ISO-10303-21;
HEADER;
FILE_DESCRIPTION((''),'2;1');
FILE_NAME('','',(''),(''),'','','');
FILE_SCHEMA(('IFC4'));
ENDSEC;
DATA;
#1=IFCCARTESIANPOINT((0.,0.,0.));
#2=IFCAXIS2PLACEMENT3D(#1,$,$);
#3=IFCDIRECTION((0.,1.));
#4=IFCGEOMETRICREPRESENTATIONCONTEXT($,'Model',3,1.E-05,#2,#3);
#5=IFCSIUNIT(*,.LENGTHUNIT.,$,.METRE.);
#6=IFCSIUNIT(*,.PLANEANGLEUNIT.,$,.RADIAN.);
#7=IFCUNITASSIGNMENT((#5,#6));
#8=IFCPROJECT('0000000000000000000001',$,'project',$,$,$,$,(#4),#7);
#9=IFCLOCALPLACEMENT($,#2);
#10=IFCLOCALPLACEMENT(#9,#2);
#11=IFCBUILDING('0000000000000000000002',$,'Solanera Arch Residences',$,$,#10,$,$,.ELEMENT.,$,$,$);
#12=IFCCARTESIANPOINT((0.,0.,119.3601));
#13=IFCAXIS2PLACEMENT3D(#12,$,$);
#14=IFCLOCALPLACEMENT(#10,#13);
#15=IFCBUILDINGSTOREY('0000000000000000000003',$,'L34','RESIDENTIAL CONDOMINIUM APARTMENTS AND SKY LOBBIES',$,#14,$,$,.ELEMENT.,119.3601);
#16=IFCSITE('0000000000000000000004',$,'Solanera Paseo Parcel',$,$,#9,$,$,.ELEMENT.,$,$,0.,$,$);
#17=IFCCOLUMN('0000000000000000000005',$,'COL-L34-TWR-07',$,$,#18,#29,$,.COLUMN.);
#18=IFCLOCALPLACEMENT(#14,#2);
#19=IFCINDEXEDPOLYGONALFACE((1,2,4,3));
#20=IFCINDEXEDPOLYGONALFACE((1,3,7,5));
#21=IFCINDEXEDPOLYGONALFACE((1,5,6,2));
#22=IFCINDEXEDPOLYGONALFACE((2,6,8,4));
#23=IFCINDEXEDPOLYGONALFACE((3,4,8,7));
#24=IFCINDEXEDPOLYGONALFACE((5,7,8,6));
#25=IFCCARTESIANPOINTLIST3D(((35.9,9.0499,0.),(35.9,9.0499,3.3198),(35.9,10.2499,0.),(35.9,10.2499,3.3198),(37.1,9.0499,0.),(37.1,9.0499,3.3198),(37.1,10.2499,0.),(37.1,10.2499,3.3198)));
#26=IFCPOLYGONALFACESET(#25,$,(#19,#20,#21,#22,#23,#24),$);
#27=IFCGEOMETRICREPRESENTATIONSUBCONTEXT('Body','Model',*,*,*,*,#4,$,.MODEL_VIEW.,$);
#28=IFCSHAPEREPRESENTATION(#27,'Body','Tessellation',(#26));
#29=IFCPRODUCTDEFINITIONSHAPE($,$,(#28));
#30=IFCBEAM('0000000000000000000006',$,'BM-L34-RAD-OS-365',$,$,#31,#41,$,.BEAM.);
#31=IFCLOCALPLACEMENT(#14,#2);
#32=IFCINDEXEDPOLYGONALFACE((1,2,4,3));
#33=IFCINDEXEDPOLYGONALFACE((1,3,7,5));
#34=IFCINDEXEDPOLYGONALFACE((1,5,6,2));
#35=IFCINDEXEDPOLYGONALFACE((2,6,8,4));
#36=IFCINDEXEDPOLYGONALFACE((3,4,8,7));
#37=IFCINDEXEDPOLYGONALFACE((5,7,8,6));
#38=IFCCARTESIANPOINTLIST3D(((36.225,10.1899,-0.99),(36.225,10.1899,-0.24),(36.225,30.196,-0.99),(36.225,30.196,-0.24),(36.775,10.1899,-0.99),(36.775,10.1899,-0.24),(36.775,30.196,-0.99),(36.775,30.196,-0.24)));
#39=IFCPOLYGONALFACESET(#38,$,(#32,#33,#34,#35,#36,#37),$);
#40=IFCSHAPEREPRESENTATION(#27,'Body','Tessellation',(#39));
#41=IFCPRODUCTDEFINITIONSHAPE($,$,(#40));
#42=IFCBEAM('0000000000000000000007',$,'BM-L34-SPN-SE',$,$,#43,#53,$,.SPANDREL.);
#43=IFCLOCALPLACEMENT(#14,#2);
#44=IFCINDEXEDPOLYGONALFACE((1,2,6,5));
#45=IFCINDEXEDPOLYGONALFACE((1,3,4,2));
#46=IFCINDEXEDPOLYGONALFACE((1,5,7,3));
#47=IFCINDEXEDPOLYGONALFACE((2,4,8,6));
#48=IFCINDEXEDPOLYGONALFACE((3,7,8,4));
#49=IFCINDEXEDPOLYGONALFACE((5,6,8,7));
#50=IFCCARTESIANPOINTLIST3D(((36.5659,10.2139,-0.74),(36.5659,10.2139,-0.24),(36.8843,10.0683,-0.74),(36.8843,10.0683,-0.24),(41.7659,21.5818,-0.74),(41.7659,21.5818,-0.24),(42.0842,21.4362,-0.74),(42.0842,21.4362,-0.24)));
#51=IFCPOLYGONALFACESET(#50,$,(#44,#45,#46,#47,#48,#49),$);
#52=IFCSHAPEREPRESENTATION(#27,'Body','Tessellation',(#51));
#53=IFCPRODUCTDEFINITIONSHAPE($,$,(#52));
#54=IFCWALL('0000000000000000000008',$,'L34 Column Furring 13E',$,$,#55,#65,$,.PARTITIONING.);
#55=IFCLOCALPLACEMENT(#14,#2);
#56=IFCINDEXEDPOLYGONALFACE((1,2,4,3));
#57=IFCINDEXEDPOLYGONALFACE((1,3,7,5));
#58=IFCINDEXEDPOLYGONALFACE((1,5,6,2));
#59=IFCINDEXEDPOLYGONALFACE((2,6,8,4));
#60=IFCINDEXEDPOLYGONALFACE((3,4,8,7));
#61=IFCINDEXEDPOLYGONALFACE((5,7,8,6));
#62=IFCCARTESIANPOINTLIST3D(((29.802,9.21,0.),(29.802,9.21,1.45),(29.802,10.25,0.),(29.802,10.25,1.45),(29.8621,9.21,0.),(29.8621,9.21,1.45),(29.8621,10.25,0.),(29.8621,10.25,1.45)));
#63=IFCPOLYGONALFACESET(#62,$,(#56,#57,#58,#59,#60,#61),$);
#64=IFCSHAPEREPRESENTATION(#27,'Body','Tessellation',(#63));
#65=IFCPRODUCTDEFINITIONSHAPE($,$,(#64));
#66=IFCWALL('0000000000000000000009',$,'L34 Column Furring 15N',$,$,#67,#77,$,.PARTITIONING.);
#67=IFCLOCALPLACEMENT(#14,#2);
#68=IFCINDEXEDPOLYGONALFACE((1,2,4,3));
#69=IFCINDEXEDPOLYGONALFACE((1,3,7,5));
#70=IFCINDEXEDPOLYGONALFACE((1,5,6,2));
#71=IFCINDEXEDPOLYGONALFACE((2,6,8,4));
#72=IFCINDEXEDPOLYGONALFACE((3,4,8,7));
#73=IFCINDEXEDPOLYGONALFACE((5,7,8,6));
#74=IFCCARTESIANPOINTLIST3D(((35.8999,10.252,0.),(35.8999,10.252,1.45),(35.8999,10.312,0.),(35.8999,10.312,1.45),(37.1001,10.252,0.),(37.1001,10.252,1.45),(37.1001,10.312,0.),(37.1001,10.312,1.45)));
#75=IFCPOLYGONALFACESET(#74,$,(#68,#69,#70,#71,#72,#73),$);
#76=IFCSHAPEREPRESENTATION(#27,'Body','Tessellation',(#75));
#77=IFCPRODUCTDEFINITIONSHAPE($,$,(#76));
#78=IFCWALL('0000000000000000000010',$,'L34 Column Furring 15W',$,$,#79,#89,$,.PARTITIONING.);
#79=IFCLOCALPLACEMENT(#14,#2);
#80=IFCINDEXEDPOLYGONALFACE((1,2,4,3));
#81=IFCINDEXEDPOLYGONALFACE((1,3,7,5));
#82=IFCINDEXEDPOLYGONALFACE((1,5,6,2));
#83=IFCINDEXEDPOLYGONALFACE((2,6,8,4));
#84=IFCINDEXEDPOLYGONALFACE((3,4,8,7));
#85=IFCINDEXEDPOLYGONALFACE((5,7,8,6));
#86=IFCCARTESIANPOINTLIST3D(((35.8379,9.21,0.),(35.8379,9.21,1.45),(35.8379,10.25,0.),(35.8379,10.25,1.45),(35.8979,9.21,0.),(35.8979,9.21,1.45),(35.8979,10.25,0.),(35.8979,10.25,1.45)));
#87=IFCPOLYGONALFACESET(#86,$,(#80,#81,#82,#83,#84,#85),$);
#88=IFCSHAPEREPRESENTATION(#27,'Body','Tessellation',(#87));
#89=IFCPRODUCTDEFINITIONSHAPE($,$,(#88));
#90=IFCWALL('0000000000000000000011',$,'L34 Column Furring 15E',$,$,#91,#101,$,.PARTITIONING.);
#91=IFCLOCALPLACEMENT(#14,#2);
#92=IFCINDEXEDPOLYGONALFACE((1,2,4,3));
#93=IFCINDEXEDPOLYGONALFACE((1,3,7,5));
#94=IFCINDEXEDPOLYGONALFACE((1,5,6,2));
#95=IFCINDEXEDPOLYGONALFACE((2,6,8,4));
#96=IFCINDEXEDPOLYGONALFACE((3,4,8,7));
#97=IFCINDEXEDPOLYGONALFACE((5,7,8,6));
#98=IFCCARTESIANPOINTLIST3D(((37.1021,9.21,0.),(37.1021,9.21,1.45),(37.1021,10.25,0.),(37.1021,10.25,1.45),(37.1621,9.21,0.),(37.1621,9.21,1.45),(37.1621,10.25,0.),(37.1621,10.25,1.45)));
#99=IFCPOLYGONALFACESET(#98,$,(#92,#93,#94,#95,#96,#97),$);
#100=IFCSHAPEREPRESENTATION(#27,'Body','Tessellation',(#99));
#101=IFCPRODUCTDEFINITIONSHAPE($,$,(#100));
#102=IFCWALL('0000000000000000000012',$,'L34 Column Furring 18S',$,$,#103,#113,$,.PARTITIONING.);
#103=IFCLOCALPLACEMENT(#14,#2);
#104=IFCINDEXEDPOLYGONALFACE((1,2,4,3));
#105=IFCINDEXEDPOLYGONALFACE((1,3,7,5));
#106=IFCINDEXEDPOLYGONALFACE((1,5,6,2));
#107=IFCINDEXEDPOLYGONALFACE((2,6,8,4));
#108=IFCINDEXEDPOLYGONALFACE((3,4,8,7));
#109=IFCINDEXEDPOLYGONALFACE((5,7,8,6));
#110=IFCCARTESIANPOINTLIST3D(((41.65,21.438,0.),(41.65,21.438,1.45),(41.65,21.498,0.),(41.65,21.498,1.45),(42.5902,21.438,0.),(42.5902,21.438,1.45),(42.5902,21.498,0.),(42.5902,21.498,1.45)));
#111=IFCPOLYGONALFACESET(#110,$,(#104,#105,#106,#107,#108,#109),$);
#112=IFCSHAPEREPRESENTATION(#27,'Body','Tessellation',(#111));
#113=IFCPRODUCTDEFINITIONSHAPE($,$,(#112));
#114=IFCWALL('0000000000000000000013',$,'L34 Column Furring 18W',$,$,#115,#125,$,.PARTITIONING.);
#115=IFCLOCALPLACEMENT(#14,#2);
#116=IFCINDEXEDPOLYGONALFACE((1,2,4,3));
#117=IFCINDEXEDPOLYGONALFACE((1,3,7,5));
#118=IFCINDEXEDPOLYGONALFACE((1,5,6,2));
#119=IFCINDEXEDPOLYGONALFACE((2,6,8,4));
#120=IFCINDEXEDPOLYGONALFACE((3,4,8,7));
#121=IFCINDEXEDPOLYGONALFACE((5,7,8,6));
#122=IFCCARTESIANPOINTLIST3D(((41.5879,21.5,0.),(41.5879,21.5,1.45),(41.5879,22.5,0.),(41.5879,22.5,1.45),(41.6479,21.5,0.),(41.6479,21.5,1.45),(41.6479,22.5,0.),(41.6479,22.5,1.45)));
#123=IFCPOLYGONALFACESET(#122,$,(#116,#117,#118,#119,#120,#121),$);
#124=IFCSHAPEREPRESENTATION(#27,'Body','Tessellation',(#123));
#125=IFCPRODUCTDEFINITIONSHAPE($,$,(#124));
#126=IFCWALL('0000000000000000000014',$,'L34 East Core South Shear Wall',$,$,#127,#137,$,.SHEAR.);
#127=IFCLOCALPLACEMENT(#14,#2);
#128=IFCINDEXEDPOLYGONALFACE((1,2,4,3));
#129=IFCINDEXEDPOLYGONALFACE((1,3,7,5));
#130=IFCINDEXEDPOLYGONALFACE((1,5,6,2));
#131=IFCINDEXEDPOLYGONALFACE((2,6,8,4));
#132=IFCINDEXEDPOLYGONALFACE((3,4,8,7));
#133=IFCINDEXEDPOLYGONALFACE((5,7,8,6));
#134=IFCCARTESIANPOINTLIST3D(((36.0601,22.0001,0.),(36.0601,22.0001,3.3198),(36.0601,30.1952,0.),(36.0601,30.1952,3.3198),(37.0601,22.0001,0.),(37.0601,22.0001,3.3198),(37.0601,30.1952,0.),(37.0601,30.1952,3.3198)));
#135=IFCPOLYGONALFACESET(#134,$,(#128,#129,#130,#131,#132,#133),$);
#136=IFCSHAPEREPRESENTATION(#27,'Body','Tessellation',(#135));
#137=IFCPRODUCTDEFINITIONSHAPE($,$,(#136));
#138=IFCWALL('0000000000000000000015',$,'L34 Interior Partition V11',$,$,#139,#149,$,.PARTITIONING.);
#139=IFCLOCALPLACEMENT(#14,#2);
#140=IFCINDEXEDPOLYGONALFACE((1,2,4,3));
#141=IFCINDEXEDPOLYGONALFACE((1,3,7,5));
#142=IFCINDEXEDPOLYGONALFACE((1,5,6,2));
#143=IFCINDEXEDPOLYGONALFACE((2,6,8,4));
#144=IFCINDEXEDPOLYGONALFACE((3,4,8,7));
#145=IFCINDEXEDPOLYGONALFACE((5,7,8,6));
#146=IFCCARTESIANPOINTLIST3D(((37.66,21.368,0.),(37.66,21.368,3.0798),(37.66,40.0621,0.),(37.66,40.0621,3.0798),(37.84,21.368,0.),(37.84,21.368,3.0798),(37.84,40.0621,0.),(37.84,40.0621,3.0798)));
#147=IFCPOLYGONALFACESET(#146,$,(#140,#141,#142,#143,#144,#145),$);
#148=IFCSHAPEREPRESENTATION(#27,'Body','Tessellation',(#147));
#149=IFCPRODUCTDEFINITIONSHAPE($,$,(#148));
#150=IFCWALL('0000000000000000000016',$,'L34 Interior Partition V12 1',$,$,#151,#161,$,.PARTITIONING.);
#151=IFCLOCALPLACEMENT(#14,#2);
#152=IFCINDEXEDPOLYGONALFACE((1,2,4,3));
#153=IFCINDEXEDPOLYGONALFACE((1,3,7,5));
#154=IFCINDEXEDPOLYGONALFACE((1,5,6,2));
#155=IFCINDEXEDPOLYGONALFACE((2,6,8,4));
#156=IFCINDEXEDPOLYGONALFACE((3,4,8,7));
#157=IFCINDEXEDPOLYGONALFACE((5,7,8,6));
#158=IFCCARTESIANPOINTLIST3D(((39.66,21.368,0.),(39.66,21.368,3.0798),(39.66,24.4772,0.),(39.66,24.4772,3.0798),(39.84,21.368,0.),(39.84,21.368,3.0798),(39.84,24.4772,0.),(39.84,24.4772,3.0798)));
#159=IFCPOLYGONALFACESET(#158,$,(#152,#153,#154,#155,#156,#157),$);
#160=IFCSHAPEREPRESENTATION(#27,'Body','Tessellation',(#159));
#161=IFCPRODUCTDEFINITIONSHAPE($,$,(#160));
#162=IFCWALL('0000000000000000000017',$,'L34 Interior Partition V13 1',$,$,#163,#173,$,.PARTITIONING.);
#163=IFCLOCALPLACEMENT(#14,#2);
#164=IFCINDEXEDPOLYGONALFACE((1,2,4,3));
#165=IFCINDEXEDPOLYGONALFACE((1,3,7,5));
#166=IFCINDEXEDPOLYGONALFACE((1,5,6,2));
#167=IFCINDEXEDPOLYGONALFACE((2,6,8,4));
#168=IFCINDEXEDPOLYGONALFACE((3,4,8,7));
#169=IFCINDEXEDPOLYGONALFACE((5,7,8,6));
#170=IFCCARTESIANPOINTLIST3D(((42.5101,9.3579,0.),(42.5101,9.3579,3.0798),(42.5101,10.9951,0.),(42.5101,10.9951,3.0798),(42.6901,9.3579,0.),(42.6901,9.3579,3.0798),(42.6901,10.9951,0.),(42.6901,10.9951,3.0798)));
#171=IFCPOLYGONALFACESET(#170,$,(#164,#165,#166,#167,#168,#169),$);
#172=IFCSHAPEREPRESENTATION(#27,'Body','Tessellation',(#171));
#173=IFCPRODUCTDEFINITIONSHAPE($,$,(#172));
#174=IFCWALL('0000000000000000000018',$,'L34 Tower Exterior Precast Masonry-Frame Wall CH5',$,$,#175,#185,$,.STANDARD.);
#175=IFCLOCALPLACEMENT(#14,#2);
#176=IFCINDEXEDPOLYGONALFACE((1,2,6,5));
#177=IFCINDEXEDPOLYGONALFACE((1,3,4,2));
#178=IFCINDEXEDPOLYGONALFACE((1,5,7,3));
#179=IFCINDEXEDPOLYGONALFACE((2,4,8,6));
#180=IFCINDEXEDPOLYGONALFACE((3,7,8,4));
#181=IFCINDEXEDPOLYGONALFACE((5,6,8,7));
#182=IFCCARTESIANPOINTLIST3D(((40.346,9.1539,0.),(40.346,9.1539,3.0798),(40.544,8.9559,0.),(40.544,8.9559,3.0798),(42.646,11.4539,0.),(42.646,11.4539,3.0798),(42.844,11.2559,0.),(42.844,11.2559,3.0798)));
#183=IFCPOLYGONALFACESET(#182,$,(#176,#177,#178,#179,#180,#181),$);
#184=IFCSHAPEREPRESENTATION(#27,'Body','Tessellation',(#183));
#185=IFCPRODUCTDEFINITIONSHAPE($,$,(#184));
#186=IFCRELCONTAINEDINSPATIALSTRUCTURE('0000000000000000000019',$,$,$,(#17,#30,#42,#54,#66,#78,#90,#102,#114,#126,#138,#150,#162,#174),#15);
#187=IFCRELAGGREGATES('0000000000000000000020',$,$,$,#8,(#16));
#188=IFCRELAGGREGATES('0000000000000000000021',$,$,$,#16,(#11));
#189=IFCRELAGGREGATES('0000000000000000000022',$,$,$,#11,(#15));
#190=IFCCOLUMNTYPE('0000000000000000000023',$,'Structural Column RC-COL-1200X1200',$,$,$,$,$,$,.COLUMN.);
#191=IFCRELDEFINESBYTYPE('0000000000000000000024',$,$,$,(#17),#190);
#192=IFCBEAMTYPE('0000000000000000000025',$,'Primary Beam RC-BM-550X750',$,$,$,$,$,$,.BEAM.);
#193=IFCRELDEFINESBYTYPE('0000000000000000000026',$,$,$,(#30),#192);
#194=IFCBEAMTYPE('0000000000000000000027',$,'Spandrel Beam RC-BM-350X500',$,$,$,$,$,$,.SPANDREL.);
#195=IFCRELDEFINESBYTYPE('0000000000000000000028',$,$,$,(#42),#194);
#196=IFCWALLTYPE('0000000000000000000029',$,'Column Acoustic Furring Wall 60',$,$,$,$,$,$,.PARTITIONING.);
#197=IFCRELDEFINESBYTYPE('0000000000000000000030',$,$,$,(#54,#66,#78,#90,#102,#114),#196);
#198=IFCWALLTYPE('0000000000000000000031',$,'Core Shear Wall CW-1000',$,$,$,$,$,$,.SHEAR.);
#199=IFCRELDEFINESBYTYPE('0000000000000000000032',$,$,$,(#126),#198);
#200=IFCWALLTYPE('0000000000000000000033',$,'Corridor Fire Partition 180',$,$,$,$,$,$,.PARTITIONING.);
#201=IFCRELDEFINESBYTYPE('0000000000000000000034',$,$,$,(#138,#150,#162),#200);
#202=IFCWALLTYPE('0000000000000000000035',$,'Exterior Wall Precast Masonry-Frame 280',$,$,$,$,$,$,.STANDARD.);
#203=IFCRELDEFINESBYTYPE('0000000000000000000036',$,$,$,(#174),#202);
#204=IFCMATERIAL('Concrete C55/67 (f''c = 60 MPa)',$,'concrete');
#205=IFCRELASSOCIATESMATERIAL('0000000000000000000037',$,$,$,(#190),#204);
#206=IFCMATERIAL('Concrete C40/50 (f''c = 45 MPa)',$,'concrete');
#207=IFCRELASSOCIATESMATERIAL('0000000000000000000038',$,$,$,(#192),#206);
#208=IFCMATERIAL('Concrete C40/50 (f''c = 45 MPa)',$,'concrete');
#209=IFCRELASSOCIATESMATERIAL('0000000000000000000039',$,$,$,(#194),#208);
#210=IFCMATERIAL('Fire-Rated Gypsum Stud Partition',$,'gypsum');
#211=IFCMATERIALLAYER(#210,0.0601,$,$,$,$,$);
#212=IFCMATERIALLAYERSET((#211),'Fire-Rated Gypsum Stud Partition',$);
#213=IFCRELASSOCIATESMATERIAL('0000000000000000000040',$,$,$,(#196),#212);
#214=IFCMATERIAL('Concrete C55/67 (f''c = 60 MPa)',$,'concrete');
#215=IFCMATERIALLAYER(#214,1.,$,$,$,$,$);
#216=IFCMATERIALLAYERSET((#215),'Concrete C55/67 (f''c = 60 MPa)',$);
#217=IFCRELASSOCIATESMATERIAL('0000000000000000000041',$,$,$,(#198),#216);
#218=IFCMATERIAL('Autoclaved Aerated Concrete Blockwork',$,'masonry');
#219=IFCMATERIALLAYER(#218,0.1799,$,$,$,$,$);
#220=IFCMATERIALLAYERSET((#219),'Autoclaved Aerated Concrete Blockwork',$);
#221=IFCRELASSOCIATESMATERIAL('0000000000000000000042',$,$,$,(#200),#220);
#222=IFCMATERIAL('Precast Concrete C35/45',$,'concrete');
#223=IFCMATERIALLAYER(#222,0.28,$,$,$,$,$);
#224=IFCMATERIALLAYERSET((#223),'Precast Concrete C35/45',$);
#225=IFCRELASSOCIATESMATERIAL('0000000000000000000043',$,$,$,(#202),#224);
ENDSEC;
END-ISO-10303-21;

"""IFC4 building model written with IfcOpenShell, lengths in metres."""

from ifc_helpers import new_model, si_unit, direction, frame, frame_2d, origin, origin_2d, place, context, subcontext, project, spatial, rectangle, extrude, material, layer, layer_set, material_profile, profile_set, type_object, element, save


model = new_model("IFC4")

# Units and contexts
model_context = context("Model", 3, precision=1e-05, world=origin(), true_north=direction((0.0, 1.0)))
body_context = subcontext(model_context, "Body", "Model", "MODEL_VIEW")
ifc_project = project(units=[si_unit("LENGTHUNIT", "METRE"), si_unit("PLANEANGLEUNIT", "RADIAN")], contexts=[model_context])

# Site, building, storey
site_placement = place(None, origin())
site = spatial("IfcSite", under=ifc_project, at=site_placement, Name="Solanera Paseo Parcel", CompositionType="ELEMENT", RefElevation=0.0)
building_placement = place(site_placement, origin())
building = spatial("IfcBuilding", under=site, at=building_placement, Name="Solanera Arch Residences", CompositionType="ELEMENT")
storey_placement = place(building_placement, frame((0.0, 0.0, 119.3601)))
storey = spatial("IfcBuildingStorey", under=building, at=storey_placement, Name="L34", Description="RESIDENTIAL CONDOMINIUM APARTMENTS AND SKY LOBBIES", CompositionType="ELEMENT", Elevation=119.3601)

# Column
ifc_material_1 = material(Name="Concrete C55/67 (f'c = 60 MPa)", Category="concrete")
ifc_material_profile_1 = material_profile(ifc_material_1, rectangle(XDim=1.2, YDim=1.2, at=origin_2d()))
ifc_profile_set_1 = profile_set([ifc_material_profile_1], Name="Concrete C55/67 (f'c = 60 MPa)")
column_type = type_object("IfcColumnType", Name="Structural Column RC-COL-1200X1200", PredefinedType="COLUMN", material=ifc_profile_set_1)
column_placement = place(storey_placement, frame((36.5, 9.6499, 0.0), z_axis=(0.0, 0.0, 1.0), x_axis=(1.0, 0.0, 0.0)))
element("IfcColumn", 1, at=column_placement, inside=storey, type_object=column_type, Name="COL-L34-TWR-07", PredefinedType="COLUMN", context=body_context, shape_type="SweptSolid", body=[
    extrude(rectangle(XDim=1.2, YDim=1.2, at=origin_2d()), origin(), (0.0, 0.0, 1.0), 3.3198),
])

# Beams
ifc_material_2 = material(Name="Concrete C40/50 (f'c = 45 MPa)", Category="concrete")
ifc_material_profile_2 = material_profile(ifc_material_2, rectangle(XDim=0.55, YDim=0.75, at=origin_2d()))
ifc_profile_set_2 = profile_set([ifc_material_profile_2], Name="Concrete C40/50 (f'c = 45 MPa)")
beam_type_1 = type_object("IfcBeamType", Name="Primary Beam RC-BM-550X750", PredefinedType="BEAM", material=ifc_profile_set_2)
beam_1_placement = place(storey_placement, frame((36.5, 10.1899, -0.615), z_axis=(0.0, 1.0, 0.0), x_axis=(-1.0, 0.0, 0.0)))
element("IfcBeam", 2, at=beam_1_placement, inside=storey, type_object=beam_type_1, Name="BM-L34-RAD-OS-365", PredefinedType="BEAM", context=body_context, shape_type="SweptSolid", body=[
    extrude(rectangle(XDim=0.55, YDim=0.75, at=origin_2d()), origin(), (0.0, 0.0, 1.0), 20.0061),
])
ifc_material_3 = material(Name="Concrete C40/50 (f'c = 45 MPa)", Category="concrete")
ifc_material_profile_3 = material_profile(ifc_material_3, rectangle(XDim=0.3501, YDim=0.5, at=origin_2d()))
ifc_profile_set_3 = profile_set([ifc_material_profile_3], Name="Concrete C40/50 (f'c = 45 MPa)")
beam_type_2 = type_object("IfcBeamType", Name="Spandrel Beam RC-BM-350X500", PredefinedType="SPANDREL", material=ifc_profile_set_3)
beam_2_placement = place(storey_placement, frame((36.7251, 10.1411, -0.49), z_axis=(0.415971, 0.909378, 0.0), x_axis=(-0.909378, 0.415971, 0.0)))
element("IfcBeam", 3, at=beam_2_placement, inside=storey, type_object=beam_type_2, Name="BM-L34-SPN-SE", PredefinedType="SPANDREL", context=body_context, shape_type="SweptSolid", body=[
    extrude(rectangle(XDim=0.3501, YDim=0.5, at=origin_2d()), origin(), (0.0, 0.0, 1.0), 12.5007),
])

# Walls
ifc_material_4 = material(Name="Fire-Rated Gypsum Stud Partition", Category="gypsum")
ifc_layer_1 = layer(ifc_material_4, 0.0601)
ifc_layer_set_1 = layer_set([ifc_layer_1], Name="Fire-Rated Gypsum Stud Partition")
wall_type_1 = type_object("IfcWallType", Name="Column Acoustic Furring Wall 60", PredefinedType="PARTITIONING", material=ifc_layer_set_1)
wall_1_placement = place(storey_placement, frame((29.832, 9.21, 0.0), z_axis=(0.0, 0.0, 1.0), x_axis=(0.0, 1.0, 0.0)))
element("IfcWall", 4, at=wall_1_placement, inside=storey, type_object=wall_type_1, Name="L34 Column Furring 13E", PredefinedType="PARTITIONING", context=body_context, shape_type="SweptSolid", body=[
    extrude(rectangle(XDim=1.04, YDim=0.0601, at=frame_2d((0.52, 0.0))), origin(), (0.0, 0.0, 1.0), 1.45),
])
wall_2_placement = place(storey_placement, frame((35.8999, 10.282, 0.0), z_axis=(0.0, 0.0, 1.0), x_axis=(1.0, 0.0, 0.0)))
element("IfcWall", 5, at=wall_2_placement, inside=storey, type_object=wall_type_1, Name="L34 Column Furring 15N", PredefinedType="PARTITIONING", context=body_context, shape_type="SweptSolid", body=[
    extrude(rectangle(XDim=1.2002, YDim=0.0601, at=frame_2d((0.6001, 0.0))), origin(), (0.0, 0.0, 1.0), 1.45),
])
for number, where, z_axis, x_axis, name in (
    (6, (35.8679, 9.21, 0.0), (0.0, 0.0, 1.0), (0.0, 1.0, 0.0), "L34 Column Furring 15W"),
    (7, (37.1321, 9.21, 0.0), (0.0, 0.0, 1.0), (0.0, 1.0, 0.0), "L34 Column Furring 15E"),
):
    element("IfcWall", number, at=place(storey_placement, frame(where, z_axis=z_axis, x_axis=x_axis)), inside=storey, type_object=wall_type_1, Name=name, PredefinedType="PARTITIONING", context=body_context, shape_type="SweptSolid", body=[
        extrude(rectangle(XDim=1.04, YDim=0.0601, at=frame_2d((0.52, 0.0))), origin(), (0.0, 0.0, 1.0), 1.45),
    ])
wall_3_placement = place(storey_placement, frame((41.6499, 21.468, 0.0), z_axis=(0.0, 0.0, 1.0), x_axis=(1.0, 0.0, 0.0)))
element("IfcWall", 8, at=wall_3_placement, inside=storey, type_object=wall_type_1, Name="L34 Column Furring 18S", PredefinedType="PARTITIONING", context=body_context, shape_type="SweptSolid", body=[
    extrude(rectangle(XDim=0.9402, YDim=0.0601, at=frame_2d((0.4702, 0.0))), origin(), (0.0, 0.0, 1.0), 1.45),
])
wall_4_placement = place(storey_placement, frame((41.6179, 21.5, 0.0), z_axis=(0.0, 0.0, 1.0), x_axis=(0.0, 1.0, 0.0)))
element("IfcWall", 9, at=wall_4_placement, inside=storey, type_object=wall_type_1, Name="L34 Column Furring 18W", PredefinedType="PARTITIONING", context=body_context, shape_type="SweptSolid", body=[
    extrude(rectangle(XDim=1.0, YDim=0.0601, at=frame_2d((0.5, 0.0))), origin(), (0.0, 0.0, 1.0), 1.45),
])
ifc_material_5 = material(Name="Concrete C55/67 (f'c = 60 MPa)", Category="concrete")
ifc_layer_2 = layer(ifc_material_5, 1.0)
ifc_layer_set_2 = layer_set([ifc_layer_2], Name="Concrete C55/67 (f'c = 60 MPa)")
wall_type_2 = type_object("IfcWallType", Name="Core Shear Wall CW-1000", PredefinedType="SHEAR", material=ifc_layer_set_2)
wall_5_placement = place(storey_placement, frame((36.5601, 22.0, 0.0), z_axis=(0.0, 0.0, 1.0), x_axis=(0.0, 1.0, 0.0)))
element("IfcWall", 10, at=wall_5_placement, inside=storey, type_object=wall_type_2, Name="L34 East Core South Shear Wall", PredefinedType="SHEAR", context=body_context, shape_type="SweptSolid", body=[
    extrude(rectangle(XDim=8.1951, YDim=1.0, at=frame_2d((4.0977, 0.0))), origin(), (0.0, 0.0, 1.0), 3.3198),
])
ifc_material_6 = material(Name="Autoclaved Aerated Concrete Blockwork", Category="masonry")
ifc_layer_3 = layer(ifc_material_6, 0.1799)
ifc_layer_set_3 = layer_set([ifc_layer_3], Name="Autoclaved Aerated Concrete Blockwork")
wall_type_3 = type_object("IfcWallType", Name="Corridor Fire Partition 180", PredefinedType="PARTITIONING", material=ifc_layer_set_3)
wall_6_placement = place(storey_placement, frame((37.75, 21.3679, 0.0), z_axis=(0.0, 0.0, 1.0), x_axis=(0.0, 1.0, 0.0)))
element("IfcWall", 11, at=wall_6_placement, inside=storey, type_object=wall_type_3, Name="L34 Interior Partition V11", PredefinedType="PARTITIONING", context=body_context, shape_type="SweptSolid", body=[
    extrude(rectangle(XDim=18.6941, YDim=0.1799, at=frame_2d((9.3472, 0.0))), origin(), (0.0, 0.0, 1.0), 3.0798),
])
wall_7_placement = place(storey_placement, frame((39.75, 21.3679, 0.0), z_axis=(0.0, 0.0, 1.0), x_axis=(0.0, 1.0, 0.0)))
element("IfcWall", 12, at=wall_7_placement, inside=storey, type_object=wall_type_3, Name="L34 Interior Partition V12 1", PredefinedType="PARTITIONING", context=body_context, shape_type="SweptSolid", body=[
    extrude(rectangle(XDim=3.1091, YDim=0.1799, at=frame_2d((1.5547, 0.0))), origin(), (0.0, 0.0, 1.0), 3.0798),
])
wall_8_placement = place(storey_placement, frame((42.6001, 9.3579, 0.0), z_axis=(0.0, 0.0, 1.0), x_axis=(0.0, 1.0, 0.0)))
element("IfcWall", 13, at=wall_8_placement, inside=storey, type_object=wall_type_3, Name="L34 Interior Partition V13 1", PredefinedType="PARTITIONING", context=body_context, shape_type="SweptSolid", body=[
    extrude(rectangle(XDim=1.6372, YDim=0.1799, at=frame_2d((0.8186, 0.0))), origin(), (0.0, 0.0, 1.0), 3.0798),
])
ifc_material_7 = material(Name="Precast Concrete C35/45", Category="concrete")
ifc_layer_4 = layer(ifc_material_7, 0.28)
ifc_layer_set_4 = layer_set([ifc_layer_4], Name="Precast Concrete C35/45")
wall_type_4 = type_object("IfcWallType", Name="Exterior Wall Precast Masonry-Frame 280", PredefinedType="STANDARD", material=ifc_layer_set_4)
wall_9_placement = place(storey_placement, frame((42.7451, 11.355, 0.0), z_axis=(0.0, 0.0, 1.0), x_axis=(-0.707107, -0.707107, 0.0)))
element("IfcWall", 14, at=wall_9_placement, inside=storey, type_object=wall_type_4, Name="L34 Tower Exterior Precast Masonry-Frame Wall CH5", PredefinedType="STANDARD", context=body_context, shape_type="SweptSolid", body=[
    extrude(rectangle(XDim=3.2527, YDim=0.28, at=frame_2d((1.6265, 0.0))), origin(), (0.0, 0.0, 1.0), 3.0798),
])

save(model, "model.ifc")
